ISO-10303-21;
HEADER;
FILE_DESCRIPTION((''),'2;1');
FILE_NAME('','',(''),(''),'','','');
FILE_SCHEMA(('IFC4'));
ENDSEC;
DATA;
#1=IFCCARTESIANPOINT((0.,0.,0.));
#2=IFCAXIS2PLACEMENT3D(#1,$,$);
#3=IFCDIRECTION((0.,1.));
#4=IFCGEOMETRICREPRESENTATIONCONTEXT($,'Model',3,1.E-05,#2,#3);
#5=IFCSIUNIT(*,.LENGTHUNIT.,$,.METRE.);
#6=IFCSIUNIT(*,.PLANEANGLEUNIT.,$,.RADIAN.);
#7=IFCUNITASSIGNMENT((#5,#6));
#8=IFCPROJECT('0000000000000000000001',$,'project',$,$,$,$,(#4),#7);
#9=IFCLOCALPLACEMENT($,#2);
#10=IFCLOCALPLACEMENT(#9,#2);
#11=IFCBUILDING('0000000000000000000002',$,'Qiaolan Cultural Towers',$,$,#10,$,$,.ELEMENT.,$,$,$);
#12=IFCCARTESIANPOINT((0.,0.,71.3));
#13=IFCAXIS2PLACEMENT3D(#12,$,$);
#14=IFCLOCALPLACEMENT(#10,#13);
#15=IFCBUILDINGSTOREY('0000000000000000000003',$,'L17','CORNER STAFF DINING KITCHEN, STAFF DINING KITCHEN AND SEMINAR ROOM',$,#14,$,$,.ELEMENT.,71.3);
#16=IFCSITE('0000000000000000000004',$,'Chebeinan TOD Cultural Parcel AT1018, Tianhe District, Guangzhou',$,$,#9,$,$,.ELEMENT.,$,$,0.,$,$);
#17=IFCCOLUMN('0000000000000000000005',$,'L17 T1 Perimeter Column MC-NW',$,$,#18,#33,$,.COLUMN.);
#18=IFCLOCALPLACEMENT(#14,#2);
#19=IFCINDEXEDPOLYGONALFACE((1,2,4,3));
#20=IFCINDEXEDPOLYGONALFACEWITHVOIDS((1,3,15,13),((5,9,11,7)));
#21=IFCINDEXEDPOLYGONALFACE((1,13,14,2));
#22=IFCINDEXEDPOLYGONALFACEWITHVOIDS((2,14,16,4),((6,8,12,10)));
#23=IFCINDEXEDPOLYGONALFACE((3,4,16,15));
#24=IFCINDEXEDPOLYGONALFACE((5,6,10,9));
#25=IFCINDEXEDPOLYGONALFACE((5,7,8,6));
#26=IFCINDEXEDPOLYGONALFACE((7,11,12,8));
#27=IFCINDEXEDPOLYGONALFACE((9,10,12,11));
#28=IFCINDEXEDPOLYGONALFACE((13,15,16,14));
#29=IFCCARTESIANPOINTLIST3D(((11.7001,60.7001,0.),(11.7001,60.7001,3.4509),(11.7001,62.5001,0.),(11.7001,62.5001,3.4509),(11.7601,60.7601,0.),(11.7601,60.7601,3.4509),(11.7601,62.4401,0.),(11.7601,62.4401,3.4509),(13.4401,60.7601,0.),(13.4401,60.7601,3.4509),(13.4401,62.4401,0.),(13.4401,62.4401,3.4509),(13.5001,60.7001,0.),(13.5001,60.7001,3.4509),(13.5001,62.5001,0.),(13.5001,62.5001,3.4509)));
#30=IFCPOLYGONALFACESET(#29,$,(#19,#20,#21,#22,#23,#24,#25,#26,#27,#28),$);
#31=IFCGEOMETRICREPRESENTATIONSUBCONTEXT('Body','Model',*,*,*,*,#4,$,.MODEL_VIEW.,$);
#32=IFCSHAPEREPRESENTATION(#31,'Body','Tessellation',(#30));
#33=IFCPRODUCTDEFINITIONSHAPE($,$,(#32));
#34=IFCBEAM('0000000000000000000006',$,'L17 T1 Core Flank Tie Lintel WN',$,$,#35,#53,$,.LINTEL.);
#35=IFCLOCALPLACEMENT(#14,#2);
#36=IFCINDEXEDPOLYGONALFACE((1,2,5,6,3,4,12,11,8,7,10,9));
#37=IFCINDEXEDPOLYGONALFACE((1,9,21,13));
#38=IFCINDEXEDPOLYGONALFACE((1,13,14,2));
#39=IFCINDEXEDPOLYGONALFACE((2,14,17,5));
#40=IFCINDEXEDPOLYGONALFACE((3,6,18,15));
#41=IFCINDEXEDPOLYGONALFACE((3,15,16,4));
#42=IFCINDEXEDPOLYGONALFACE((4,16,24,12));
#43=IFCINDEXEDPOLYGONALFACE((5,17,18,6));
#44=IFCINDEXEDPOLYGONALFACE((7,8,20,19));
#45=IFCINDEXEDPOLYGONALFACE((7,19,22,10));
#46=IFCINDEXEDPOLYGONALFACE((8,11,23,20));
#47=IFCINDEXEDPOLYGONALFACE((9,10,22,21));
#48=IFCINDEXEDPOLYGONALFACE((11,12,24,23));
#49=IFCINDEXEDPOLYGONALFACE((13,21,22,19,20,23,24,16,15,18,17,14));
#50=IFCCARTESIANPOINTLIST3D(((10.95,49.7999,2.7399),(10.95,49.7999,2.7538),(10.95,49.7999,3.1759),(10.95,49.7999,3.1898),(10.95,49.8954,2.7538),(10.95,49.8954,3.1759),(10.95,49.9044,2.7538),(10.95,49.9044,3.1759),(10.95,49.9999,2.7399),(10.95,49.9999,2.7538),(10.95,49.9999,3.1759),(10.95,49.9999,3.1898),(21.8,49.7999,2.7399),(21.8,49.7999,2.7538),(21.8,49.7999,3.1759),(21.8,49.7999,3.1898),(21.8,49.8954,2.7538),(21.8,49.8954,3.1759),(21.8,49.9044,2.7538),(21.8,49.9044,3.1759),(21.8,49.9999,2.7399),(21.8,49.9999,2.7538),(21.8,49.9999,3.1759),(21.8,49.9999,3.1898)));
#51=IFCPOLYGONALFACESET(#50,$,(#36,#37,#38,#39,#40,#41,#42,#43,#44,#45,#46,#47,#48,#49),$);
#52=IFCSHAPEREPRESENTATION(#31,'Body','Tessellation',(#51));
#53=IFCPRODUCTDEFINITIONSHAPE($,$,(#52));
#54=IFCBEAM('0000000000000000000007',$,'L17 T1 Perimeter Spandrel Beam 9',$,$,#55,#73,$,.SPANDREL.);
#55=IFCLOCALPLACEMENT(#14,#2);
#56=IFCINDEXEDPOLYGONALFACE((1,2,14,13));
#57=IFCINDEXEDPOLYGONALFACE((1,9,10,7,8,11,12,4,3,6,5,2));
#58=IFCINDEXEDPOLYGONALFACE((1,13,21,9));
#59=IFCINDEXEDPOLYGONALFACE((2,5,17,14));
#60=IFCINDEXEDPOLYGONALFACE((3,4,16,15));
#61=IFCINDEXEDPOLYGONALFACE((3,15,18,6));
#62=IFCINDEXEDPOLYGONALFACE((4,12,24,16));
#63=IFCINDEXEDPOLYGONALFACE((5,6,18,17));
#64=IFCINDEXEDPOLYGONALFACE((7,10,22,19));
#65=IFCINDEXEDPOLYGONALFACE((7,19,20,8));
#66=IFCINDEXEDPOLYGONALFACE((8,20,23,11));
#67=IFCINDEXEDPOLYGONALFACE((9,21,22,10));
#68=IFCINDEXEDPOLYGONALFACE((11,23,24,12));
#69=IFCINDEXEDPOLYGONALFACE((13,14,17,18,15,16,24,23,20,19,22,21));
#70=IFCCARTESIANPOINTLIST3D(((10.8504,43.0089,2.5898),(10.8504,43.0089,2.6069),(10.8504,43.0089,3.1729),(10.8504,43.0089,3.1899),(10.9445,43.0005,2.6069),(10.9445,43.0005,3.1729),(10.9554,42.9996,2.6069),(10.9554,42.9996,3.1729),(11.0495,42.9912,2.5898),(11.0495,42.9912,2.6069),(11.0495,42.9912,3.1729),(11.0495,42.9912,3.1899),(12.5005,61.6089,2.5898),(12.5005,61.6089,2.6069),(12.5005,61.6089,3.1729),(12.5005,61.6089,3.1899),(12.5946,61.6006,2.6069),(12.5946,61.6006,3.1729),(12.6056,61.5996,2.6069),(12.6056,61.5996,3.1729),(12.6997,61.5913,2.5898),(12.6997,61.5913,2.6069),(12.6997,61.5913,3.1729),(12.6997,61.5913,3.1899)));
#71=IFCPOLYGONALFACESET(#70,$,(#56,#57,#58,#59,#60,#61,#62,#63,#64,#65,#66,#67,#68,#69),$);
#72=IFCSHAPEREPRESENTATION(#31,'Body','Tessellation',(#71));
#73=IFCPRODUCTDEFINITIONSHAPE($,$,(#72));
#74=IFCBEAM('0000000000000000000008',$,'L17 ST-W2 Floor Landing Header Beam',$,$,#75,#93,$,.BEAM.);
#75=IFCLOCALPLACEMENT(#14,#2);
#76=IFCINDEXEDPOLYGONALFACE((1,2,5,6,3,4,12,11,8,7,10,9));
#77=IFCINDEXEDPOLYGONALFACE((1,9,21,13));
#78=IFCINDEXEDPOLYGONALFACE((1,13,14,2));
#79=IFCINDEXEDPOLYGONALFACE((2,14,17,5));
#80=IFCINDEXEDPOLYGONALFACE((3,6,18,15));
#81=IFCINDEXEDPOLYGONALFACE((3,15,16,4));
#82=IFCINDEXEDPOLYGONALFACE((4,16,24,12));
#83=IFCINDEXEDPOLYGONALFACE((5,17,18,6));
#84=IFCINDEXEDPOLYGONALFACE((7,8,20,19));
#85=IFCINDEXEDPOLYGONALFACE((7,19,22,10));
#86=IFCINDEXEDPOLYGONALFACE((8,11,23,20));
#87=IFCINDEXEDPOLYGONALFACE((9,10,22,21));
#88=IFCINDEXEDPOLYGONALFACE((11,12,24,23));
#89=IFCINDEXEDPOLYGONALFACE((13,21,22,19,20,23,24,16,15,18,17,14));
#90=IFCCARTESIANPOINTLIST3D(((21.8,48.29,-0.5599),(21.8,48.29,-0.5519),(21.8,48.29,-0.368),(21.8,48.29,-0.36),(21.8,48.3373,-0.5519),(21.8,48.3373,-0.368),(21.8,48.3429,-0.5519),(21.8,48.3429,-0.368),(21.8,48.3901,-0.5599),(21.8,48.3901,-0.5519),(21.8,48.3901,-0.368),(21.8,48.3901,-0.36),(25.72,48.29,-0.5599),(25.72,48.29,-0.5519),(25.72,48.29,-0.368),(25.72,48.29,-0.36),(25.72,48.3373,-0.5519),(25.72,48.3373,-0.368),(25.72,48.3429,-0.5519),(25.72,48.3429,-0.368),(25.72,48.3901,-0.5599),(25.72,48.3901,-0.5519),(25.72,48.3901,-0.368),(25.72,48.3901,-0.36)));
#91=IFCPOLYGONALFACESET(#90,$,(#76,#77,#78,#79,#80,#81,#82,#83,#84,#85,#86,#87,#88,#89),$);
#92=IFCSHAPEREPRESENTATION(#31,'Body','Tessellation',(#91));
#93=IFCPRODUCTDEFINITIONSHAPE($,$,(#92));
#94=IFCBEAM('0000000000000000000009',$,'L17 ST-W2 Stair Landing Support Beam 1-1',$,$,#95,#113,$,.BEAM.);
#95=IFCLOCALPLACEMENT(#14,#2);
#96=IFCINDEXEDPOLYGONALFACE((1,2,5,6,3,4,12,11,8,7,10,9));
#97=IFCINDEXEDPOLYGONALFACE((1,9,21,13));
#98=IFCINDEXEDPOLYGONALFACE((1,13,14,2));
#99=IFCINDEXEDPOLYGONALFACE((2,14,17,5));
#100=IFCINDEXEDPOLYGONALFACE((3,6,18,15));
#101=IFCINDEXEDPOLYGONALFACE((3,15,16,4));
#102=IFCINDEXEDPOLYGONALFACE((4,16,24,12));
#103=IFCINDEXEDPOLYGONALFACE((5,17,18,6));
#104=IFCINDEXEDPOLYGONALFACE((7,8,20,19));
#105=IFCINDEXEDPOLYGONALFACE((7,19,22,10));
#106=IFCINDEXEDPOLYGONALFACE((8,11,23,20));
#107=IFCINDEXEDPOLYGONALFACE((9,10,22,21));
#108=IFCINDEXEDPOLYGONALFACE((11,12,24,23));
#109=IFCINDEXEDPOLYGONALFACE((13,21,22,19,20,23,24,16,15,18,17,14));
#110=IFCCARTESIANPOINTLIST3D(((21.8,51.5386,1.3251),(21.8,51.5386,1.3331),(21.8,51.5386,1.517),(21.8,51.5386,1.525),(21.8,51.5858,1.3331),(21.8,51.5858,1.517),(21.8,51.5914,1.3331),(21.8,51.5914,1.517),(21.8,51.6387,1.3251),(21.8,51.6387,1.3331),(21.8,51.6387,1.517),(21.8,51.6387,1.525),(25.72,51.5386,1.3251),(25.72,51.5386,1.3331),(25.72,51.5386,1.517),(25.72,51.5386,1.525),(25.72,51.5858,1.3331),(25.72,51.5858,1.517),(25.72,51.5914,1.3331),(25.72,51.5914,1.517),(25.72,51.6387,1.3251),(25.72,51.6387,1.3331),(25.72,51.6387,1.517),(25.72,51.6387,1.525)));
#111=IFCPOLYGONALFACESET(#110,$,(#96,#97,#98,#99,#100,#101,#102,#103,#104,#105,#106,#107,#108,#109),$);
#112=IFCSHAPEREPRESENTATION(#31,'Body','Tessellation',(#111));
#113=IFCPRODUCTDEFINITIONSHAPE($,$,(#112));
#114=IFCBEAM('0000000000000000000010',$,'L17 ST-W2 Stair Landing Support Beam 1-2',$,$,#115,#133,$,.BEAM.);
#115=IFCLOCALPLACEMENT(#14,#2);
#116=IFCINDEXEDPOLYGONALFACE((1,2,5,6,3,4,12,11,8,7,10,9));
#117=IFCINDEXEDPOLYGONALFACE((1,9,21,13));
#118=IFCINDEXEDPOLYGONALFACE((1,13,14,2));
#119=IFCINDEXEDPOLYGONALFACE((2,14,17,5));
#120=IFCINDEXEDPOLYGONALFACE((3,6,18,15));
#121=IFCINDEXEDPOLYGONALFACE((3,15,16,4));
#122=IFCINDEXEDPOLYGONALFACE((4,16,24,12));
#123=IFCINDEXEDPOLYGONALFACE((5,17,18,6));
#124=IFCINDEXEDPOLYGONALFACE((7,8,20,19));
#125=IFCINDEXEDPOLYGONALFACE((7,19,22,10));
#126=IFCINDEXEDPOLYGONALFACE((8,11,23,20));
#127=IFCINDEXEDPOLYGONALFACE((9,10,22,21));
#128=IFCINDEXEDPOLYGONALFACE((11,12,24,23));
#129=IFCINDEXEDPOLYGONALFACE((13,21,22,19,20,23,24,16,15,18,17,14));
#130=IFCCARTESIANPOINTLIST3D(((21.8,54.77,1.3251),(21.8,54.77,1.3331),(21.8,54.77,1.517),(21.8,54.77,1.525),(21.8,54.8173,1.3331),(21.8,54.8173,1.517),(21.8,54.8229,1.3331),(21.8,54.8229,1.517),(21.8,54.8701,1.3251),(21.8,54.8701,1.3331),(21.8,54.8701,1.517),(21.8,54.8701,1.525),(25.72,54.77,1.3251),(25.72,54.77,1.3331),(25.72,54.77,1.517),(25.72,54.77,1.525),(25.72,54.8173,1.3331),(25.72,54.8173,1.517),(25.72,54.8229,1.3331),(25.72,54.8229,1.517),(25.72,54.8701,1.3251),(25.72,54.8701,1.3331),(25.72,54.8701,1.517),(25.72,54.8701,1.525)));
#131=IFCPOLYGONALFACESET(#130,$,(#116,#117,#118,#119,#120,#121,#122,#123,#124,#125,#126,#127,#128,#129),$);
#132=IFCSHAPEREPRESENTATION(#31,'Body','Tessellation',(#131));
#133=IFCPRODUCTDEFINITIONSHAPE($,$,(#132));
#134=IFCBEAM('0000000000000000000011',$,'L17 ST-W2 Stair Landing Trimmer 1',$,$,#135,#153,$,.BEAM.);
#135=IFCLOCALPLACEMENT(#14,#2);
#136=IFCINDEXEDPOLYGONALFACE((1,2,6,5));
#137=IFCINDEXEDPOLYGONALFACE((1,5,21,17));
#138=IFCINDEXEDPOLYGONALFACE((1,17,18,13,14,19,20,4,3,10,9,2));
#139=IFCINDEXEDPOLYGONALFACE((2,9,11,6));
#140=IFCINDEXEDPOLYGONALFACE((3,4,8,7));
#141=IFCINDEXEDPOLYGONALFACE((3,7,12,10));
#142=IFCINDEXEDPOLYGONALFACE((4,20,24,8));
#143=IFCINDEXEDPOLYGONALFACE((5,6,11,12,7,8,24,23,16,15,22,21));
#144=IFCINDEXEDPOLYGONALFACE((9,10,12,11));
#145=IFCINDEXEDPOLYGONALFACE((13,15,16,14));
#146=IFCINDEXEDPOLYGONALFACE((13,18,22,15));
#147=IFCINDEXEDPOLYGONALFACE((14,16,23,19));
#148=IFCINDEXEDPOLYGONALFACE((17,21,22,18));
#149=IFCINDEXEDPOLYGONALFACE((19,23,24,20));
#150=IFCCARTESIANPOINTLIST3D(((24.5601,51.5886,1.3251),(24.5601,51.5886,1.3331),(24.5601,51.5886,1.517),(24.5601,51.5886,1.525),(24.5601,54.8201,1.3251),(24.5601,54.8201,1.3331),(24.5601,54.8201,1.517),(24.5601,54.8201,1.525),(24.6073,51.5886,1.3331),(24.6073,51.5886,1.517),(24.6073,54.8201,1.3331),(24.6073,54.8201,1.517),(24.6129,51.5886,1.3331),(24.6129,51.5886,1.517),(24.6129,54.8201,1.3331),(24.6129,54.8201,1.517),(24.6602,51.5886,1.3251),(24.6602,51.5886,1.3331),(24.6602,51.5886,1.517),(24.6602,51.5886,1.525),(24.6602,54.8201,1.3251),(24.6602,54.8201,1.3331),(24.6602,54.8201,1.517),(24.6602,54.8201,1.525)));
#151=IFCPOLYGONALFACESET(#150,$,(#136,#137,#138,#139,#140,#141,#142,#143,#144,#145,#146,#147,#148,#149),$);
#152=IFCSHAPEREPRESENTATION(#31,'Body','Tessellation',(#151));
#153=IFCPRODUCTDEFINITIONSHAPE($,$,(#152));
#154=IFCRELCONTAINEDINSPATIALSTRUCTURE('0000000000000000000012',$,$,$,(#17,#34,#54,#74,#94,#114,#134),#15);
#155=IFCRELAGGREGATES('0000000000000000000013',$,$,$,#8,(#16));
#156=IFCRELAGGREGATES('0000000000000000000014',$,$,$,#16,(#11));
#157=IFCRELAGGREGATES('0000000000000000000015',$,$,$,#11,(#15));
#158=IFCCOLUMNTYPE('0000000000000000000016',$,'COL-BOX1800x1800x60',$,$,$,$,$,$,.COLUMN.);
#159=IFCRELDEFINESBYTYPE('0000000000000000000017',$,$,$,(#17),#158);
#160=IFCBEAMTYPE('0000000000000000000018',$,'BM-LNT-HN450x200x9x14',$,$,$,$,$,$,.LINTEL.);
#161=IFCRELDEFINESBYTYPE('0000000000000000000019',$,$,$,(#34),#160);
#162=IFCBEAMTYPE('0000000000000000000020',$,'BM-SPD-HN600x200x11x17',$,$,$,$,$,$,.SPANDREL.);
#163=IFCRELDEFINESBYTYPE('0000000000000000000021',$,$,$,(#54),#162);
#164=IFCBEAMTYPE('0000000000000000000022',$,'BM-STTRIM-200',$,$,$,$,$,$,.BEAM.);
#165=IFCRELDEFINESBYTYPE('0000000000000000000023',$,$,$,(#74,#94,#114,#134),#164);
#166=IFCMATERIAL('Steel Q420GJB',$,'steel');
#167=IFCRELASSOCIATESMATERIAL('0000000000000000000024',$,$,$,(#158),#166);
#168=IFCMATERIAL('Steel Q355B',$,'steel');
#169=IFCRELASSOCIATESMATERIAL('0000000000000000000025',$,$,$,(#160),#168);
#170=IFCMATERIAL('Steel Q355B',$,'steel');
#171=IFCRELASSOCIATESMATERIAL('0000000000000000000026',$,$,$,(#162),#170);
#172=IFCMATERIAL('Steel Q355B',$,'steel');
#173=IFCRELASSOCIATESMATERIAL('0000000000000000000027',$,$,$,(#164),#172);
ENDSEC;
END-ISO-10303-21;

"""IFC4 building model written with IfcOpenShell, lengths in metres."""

from ifc_helpers import new_model, si_unit, direction, frame, origin, origin_2d, place, context, subcontext, project, spatial, hollow_rectangle, i_section, extrude, material, material_profile, profile_set, type_object, element, save


model = new_model("IFC4")

# Units and contexts
model_context = context("Model", 3, precision=1e-05, world=origin(), true_north=direction((0.0, 1.0)))
body_context = subcontext(model_context, "Body", "Model", "MODEL_VIEW")
ifc_project = project(units=[si_unit("LENGTHUNIT", "METRE"), si_unit("PLANEANGLEUNIT", "RADIAN")], contexts=[model_context])

# Site, building, storey
site_placement = place(None, origin())
site = spatial("IfcSite", under=ifc_project, at=site_placement, Name="Chebeinan TOD Cultural Parcel AT1018, Tianhe District, Guangzhou", CompositionType="ELEMENT", RefElevation=0.0)
building_placement = place(site_placement, origin())
building = spatial("IfcBuilding", under=site, at=building_placement, Name="Qiaolan Cultural Towers", CompositionType="ELEMENT")
storey_placement = place(building_placement, frame((0.0, 0.0, 71.3)))
storey = spatial("IfcBuildingStorey", under=building, at=storey_placement, Name="L17", Description="CORNER STAFF DINING KITCHEN, STAFF DINING KITCHEN AND SEMINAR ROOM", CompositionType="ELEMENT", Elevation=71.3)

# Column
ifc_material_1 = material(Name="Steel Q420GJB", Category="steel")
ifc_material_profile_1 = material_profile(ifc_material_1, hollow_rectangle(XDim=1.8, YDim=1.8, WallThickness=0.0601, at=origin_2d()), Name="BOX1800x1800x60")
ifc_profile_set_1 = profile_set([ifc_material_profile_1], Name="Steel Q420GJB")
column_type = type_object("IfcColumnType", Name="COL-BOX1800x1800x60", PredefinedType="COLUMN", material=ifc_profile_set_1)
column_placement = place(storey_placement, frame((12.6001, 61.6001, 0.0), z_axis=(0.0, 0.0, 1.0), x_axis=(1.0, 0.0, 0.0)))
element("IfcColumn", 1, at=column_placement, inside=storey, type_object=column_type, Name="L17 T1 Perimeter Column MC-NW", PredefinedType="COLUMN", context=body_context, shape_type="SweptSolid", body=[
    extrude(hollow_rectangle(XDim=1.8, YDim=1.8, WallThickness=0.0601, at=origin_2d()), origin(), (0.0, 0.0, 1.0), 3.4509),
])

# Beams
ifc_material_2 = material(Name="Steel Q355B", Category="steel")
ifc_material_profile_2 = material_profile(ifc_material_2, i_section(OverallWidth=0.2, OverallDepth=0.45, WebThickness=0.009, FlangeThickness=0.0139, at=origin_2d()), Name="HN450x200x9x14")
ifc_profile_set_2 = profile_set([ifc_material_profile_2], Name="Steel Q355B")
beam_type_1 = type_object("IfcBeamType", Name="BM-LNT-HN450x200x9x14", PredefinedType="LINTEL", material=ifc_profile_set_2)
beam_1_placement = place(storey_placement, frame((21.8, 49.8999, 2.9648), z_axis=(-1.0, 0.0, 0.0), x_axis=(0.0, -1.0, 0.0)))
element("IfcBeam", 2, at=beam_1_placement, inside=storey, type_object=beam_type_1, Name="L17 T1 Core Flank Tie Lintel WN", PredefinedType="LINTEL", context=body_context, shape_type="SweptSolid", body=[
    extrude(i_section(OverallWidth=0.2, OverallDepth=0.45, WebThickness=0.009, FlangeThickness=0.0139, at=origin_2d()), origin(), (0.0, 0.0, 1.0), 10.8501),
])
ifc_material_3 = material(Name="Steel Q355B", Category="steel")
ifc_material_profile_3 = material_profile(ifc_material_3, i_section(OverallWidth=0.2, OverallDepth=0.6001, WebThickness=0.011, FlangeThickness=0.0171, at=origin_2d()), Name="HN600x200x11x17")
ifc_profile_set_3 = profile_set([ifc_material_profile_3], Name="Steel Q355B")
beam_type_2 = type_object("IfcBeamType", Name="BM-SPD-HN600x200x11x17", PredefinedType="SPANDREL", material=ifc_profile_set_3)
beam_2_placement = place(storey_placement, frame((12.6001, 61.6001, 2.8899), z_axis=(-0.08837, -0.996088, 0.0), x_axis=(0.996088, -0.08837, 0.0)))
element("IfcBeam", 3, at=beam_2_placement, inside=storey, type_object=beam_type_2, Name="L17 T1 Perimeter Spandrel Beam 9", PredefinedType="SPANDREL", context=body_context, shape_type="SweptSolid", body=[
    extrude(i_section(OverallWidth=0.2, OverallDepth=0.6001, WebThickness=0.011, FlangeThickness=0.0171, at=origin_2d()), origin(), (0.0, 0.0, 1.0), 18.6731),
])
ifc_material_4 = material(Name="Steel Q355B", Category="steel")
ifc_material_profile_4 = material_profile(ifc_material_4, i_section(OverallWidth=0.1001, OverallDepth=0.2, WebThickness=0.0056, FlangeThickness=0.0081, at=origin_2d()), Name="HN200x100x5.5x8")
ifc_profile_set_4 = profile_set([ifc_material_profile_4], Name="Steel Q355B")
beam_type_3 = type_object("IfcBeamType", Name="BM-STTRIM-200", PredefinedType="BEAM", material=ifc_profile_set_4)
for number, where, z_axis, x_axis, name in (
    (4, (21.8, 48.3401, -0.46), (1.0, 0.0, 0.0), (0.0, 1.0, 0.0), "L17 ST-W2 Floor Landing Header Beam"),
    (5, (21.8, 51.5886, 1.425), (1.0, 0.0, 0.0), (0.0, 1.0, 0.0), "L17 ST-W2 Stair Landing Support Beam 1-1"),
    (6, (21.8, 54.8201, 1.425), (1.0, 0.0, 0.0), (0.0, 1.0, 0.0), "L17 ST-W2 Stair Landing Support Beam 1-2"),
):
    element("IfcBeam", number, at=place(storey_placement, frame(where, z_axis=z_axis, x_axis=x_axis)), inside=storey, type_object=beam_type_3, Name=name, PredefinedType="BEAM", context=body_context, shape_type="SweptSolid", body=[
        extrude(i_section(OverallWidth=0.1001, OverallDepth=0.2, WebThickness=0.0056, FlangeThickness=0.0081, at=origin_2d()), origin(), (0.0, 0.0, 1.0), 3.9199),
    ])
beam_3_placement = place(storey_placement, frame((24.6101, 51.5886, 1.425), z_axis=(0.0, 1.0, 0.0), x_axis=(-1.0, 0.0, 0.0)))
element("IfcBeam", 7, at=beam_3_placement, inside=storey, type_object=beam_type_3, Name="L17 ST-W2 Stair Landing Trimmer 1", PredefinedType="BEAM", context=body_context, shape_type="SweptSolid", body=[
    extrude(i_section(OverallWidth=0.1001, OverallDepth=0.2, WebThickness=0.0056, FlangeThickness=0.0081, at=origin_2d()), origin(), (0.0, 0.0, 1.0), 3.2314),
])

save(model, "model.ifc")
